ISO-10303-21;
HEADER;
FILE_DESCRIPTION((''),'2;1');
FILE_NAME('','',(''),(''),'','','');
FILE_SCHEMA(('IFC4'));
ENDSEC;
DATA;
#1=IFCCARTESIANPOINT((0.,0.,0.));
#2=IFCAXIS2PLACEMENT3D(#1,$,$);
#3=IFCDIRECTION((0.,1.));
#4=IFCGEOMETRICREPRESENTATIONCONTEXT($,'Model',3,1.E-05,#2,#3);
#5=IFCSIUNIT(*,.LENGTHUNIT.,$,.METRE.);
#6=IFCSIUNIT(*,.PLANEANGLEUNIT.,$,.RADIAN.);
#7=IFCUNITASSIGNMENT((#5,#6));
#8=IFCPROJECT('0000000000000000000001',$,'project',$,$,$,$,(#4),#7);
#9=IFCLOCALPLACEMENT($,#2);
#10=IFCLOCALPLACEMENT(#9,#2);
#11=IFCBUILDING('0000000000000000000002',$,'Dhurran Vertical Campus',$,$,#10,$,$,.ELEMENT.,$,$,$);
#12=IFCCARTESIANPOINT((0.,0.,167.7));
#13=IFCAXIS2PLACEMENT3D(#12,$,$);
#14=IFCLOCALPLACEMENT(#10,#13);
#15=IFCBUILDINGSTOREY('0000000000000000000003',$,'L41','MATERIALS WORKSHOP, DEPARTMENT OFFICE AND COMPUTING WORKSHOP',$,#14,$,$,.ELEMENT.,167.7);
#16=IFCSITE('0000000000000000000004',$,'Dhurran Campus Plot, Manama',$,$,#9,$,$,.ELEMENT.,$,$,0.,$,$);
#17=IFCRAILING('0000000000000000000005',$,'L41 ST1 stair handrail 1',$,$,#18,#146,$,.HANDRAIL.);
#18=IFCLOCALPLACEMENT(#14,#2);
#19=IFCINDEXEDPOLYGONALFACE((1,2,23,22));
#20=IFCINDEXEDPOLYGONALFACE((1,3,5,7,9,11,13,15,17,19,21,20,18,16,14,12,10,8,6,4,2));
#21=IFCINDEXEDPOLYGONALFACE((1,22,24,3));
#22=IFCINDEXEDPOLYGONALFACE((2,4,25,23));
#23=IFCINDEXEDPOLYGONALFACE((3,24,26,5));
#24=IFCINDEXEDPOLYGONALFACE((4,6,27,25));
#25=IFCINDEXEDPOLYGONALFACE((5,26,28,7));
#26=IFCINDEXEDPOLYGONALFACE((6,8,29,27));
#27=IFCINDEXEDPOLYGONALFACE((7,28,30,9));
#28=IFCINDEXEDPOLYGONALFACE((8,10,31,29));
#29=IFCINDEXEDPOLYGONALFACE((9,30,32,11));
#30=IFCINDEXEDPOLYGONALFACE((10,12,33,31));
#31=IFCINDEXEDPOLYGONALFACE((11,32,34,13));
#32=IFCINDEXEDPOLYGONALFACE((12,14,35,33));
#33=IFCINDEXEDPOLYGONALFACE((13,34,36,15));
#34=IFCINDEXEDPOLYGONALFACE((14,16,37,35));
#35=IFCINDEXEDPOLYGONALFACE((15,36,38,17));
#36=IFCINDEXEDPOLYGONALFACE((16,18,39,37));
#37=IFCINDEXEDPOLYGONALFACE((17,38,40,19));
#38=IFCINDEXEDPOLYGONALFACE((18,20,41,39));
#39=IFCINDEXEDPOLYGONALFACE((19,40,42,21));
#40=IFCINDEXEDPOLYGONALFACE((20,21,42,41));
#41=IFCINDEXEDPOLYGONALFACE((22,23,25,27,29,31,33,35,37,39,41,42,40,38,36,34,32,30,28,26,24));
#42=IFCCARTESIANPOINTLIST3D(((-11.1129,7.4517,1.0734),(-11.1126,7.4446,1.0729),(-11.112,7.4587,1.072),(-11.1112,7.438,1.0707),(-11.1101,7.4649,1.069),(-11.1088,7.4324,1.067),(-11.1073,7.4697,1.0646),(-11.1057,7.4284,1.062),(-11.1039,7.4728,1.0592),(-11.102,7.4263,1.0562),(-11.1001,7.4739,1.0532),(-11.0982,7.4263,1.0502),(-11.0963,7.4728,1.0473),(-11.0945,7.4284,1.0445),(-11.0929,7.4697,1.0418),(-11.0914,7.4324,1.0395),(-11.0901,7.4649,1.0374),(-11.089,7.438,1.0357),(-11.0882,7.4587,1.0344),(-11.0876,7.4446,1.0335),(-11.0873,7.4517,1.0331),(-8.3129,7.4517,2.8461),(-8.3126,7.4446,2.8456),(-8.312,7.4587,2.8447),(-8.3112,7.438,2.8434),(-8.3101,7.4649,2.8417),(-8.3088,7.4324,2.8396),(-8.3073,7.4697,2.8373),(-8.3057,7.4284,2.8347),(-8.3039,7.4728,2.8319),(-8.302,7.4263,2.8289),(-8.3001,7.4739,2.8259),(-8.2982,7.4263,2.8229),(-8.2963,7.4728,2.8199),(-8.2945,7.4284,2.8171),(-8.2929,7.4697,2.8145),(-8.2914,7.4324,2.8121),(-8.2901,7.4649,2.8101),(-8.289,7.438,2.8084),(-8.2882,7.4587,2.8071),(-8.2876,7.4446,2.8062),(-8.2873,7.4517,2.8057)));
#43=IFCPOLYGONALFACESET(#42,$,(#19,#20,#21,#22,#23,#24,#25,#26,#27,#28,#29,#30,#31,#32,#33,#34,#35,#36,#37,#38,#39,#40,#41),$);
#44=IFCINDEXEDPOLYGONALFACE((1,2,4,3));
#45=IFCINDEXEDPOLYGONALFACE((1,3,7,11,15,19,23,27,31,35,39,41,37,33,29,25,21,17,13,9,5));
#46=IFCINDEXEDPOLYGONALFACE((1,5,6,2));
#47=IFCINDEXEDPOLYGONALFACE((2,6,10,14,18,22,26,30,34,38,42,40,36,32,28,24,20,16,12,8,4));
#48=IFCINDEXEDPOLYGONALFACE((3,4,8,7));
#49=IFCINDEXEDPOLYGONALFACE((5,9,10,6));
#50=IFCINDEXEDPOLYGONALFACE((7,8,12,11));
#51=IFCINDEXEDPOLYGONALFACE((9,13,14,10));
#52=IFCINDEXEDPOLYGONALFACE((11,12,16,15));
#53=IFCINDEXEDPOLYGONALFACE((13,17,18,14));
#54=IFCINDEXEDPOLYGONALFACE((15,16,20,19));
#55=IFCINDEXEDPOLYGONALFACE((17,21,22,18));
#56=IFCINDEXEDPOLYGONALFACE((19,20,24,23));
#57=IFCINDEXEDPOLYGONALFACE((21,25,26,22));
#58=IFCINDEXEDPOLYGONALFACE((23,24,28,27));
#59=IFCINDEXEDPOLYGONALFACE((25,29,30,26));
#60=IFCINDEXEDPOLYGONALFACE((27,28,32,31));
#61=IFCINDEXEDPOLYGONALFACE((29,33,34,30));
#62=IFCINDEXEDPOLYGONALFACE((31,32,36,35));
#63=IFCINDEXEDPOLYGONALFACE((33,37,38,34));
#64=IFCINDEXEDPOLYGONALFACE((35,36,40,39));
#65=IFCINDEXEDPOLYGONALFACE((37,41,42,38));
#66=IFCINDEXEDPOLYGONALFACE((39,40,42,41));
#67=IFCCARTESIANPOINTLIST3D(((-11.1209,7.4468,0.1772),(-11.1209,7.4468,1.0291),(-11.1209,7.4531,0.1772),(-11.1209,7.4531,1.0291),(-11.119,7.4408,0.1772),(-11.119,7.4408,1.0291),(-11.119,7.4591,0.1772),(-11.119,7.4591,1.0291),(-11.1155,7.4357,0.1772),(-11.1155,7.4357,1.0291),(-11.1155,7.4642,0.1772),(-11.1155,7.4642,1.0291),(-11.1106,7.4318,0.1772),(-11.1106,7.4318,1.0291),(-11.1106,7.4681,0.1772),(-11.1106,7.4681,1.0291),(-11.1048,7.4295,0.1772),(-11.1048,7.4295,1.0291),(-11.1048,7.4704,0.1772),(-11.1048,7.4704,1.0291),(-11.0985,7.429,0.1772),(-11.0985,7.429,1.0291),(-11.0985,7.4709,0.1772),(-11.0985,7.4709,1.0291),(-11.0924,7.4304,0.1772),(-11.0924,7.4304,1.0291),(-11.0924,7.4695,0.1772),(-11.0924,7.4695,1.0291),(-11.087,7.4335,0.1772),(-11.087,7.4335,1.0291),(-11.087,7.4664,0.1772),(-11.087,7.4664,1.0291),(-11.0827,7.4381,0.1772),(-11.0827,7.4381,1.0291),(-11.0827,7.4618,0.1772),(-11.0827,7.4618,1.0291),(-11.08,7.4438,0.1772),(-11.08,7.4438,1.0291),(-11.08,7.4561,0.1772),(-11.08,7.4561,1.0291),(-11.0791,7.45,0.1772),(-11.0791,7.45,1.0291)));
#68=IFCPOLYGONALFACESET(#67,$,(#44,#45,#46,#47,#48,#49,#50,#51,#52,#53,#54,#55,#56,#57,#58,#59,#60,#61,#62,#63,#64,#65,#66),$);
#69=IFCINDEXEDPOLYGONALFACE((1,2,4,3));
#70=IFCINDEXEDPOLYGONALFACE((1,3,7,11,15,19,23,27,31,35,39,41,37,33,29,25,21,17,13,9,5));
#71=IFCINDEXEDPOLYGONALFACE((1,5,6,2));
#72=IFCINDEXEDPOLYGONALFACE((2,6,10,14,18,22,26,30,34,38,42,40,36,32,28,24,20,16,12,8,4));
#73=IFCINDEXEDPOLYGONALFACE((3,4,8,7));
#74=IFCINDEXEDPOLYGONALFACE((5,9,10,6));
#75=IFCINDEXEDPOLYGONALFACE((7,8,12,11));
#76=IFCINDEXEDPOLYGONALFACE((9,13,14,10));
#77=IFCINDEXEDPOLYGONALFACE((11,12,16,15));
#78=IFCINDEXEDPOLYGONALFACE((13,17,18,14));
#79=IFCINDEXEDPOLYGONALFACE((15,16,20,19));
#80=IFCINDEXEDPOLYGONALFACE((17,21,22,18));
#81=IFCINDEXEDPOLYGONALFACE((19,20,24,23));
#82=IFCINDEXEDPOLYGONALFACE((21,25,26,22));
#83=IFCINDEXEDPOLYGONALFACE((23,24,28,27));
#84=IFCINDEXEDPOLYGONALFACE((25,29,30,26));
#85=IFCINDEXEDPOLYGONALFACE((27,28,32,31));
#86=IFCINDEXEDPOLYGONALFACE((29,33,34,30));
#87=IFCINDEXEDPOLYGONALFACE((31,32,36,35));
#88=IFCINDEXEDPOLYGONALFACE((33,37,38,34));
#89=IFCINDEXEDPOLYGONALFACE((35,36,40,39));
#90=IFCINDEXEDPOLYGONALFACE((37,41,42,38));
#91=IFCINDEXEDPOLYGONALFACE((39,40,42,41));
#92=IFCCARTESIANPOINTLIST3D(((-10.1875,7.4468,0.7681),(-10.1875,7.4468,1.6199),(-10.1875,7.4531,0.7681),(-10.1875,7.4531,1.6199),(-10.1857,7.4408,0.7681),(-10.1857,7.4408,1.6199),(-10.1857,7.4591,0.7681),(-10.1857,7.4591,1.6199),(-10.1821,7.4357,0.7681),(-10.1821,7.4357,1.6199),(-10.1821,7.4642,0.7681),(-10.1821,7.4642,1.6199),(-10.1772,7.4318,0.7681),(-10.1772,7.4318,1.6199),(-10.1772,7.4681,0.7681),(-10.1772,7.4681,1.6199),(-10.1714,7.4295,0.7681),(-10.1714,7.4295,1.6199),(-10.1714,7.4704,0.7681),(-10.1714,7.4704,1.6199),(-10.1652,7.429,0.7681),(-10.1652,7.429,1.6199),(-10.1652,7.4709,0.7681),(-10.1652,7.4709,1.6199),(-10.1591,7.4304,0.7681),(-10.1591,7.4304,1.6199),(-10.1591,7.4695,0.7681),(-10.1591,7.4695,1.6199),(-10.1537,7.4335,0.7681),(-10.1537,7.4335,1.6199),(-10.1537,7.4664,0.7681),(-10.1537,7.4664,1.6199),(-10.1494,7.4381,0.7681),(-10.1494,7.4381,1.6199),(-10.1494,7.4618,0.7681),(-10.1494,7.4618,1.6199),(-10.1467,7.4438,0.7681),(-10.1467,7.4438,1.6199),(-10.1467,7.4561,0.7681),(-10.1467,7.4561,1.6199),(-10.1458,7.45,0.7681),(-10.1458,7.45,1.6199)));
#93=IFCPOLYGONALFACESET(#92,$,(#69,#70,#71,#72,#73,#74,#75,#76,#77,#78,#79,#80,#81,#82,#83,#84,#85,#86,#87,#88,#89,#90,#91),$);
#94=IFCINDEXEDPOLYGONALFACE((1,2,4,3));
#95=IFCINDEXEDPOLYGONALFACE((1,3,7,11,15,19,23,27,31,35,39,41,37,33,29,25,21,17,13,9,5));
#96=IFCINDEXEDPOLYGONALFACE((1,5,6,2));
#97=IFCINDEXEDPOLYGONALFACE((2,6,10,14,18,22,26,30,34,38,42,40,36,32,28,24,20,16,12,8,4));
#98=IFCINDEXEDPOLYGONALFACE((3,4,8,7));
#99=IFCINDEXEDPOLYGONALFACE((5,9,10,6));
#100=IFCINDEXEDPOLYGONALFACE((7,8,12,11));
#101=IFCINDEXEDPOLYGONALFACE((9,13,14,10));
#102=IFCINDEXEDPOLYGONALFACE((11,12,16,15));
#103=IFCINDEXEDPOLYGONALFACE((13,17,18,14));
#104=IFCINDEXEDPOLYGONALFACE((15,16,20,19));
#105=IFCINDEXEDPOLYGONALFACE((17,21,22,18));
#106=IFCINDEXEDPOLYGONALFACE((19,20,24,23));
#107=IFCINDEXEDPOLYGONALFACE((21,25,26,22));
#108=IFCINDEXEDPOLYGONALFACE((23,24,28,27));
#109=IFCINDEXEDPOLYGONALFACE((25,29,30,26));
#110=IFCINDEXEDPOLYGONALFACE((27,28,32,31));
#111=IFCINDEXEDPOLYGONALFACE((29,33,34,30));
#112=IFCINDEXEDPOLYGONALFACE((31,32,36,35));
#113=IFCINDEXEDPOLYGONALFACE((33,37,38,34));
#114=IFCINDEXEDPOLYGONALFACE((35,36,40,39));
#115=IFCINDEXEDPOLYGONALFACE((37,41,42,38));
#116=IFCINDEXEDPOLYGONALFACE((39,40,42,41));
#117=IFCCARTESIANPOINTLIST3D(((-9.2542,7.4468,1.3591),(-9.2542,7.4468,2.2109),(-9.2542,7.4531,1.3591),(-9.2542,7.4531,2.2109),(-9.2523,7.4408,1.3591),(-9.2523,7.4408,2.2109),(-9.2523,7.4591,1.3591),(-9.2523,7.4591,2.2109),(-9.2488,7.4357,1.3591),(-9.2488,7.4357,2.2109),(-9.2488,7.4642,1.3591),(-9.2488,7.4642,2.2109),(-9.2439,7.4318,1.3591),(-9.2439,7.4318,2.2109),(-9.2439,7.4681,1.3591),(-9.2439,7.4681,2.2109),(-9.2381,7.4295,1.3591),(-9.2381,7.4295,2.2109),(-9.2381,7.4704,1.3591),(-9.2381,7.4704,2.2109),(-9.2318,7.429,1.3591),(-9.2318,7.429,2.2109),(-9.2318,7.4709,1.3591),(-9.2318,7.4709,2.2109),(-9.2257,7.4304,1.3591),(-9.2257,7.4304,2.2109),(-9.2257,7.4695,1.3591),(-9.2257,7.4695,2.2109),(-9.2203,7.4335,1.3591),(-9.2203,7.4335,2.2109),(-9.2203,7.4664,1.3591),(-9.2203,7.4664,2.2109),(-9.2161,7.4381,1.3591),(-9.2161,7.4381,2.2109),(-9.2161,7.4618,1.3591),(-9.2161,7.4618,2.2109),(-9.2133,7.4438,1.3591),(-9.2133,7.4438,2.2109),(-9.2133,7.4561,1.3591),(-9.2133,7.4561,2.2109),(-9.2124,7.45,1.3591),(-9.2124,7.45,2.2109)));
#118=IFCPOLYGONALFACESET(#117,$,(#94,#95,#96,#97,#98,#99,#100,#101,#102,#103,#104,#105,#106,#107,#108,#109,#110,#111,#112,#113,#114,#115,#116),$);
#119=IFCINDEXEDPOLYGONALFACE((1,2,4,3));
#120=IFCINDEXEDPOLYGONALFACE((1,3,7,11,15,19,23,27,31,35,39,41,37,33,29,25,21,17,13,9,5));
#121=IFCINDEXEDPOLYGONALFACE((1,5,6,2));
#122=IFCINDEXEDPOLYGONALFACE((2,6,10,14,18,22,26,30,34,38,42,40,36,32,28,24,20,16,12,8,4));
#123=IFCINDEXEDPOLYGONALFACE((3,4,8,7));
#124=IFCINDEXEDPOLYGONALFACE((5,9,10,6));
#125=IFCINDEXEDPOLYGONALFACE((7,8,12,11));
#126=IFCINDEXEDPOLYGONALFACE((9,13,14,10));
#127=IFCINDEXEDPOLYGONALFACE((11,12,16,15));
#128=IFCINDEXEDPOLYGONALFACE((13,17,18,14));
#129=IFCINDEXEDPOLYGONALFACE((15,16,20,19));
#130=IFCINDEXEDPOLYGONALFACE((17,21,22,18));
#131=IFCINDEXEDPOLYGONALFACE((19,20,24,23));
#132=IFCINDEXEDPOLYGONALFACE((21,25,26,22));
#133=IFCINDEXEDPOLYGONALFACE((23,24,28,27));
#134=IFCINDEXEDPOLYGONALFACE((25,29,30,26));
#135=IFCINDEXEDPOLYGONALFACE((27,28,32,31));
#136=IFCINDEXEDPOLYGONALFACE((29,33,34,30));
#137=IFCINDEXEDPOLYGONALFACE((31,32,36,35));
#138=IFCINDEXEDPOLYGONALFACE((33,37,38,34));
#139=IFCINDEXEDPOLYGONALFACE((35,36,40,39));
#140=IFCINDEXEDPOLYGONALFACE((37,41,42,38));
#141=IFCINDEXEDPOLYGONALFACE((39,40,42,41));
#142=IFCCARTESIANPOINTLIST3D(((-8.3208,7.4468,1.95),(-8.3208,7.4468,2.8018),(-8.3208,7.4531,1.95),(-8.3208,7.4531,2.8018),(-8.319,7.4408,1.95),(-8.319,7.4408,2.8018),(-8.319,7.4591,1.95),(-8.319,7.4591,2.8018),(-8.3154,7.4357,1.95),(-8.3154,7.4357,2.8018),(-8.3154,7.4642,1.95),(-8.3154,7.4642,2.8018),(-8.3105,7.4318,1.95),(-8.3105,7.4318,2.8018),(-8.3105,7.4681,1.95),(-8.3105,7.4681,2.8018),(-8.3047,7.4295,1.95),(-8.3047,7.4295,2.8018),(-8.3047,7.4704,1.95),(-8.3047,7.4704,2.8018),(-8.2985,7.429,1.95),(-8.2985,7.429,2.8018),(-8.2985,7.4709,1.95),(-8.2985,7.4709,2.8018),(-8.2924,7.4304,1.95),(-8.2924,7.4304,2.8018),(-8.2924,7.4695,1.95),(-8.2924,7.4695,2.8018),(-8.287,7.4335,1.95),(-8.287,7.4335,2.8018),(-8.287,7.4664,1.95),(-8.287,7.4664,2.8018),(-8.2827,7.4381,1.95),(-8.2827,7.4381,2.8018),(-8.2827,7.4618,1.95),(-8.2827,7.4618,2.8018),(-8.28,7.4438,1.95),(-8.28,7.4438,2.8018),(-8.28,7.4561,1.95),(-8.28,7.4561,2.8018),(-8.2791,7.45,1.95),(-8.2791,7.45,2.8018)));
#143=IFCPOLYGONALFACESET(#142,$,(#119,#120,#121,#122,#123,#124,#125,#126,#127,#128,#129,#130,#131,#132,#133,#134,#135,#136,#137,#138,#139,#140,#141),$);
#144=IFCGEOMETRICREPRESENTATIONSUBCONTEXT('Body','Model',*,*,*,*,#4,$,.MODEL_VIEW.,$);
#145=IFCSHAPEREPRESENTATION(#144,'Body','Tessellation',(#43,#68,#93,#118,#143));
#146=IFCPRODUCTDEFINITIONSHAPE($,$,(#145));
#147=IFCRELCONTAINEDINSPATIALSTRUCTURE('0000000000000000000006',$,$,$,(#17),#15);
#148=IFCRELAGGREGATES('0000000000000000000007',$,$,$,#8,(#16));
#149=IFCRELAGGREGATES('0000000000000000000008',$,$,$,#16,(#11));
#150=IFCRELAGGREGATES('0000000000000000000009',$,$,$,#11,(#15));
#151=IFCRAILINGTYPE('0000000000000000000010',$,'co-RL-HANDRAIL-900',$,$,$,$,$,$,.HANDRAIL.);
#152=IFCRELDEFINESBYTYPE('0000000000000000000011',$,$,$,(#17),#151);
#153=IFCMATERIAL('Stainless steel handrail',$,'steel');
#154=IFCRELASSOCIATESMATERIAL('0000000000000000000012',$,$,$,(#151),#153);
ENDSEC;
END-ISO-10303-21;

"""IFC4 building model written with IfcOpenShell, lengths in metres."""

from ifc_helpers import new_model, si_unit, direction, frame, origin, origin_2d, place, context, subcontext, project, spatial, circle, extrude, material, type_object, element, save


model = new_model("IFC4")

# Units and contexts
model_context = context("Model", 3, precision=1e-05, world=origin(), true_north=direction((0.0, 1.0)))
body_context = subcontext(model_context, "Body", "Model", "MODEL_VIEW")
ifc_project = project(units=[si_unit("LENGTHUNIT", "METRE"), si_unit("PLANEANGLEUNIT", "RADIAN")], contexts=[model_context])

# Site, building, storey
site_placement = place(None, origin())
site = spatial("IfcSite", under=ifc_project, at=site_placement, Name="Dhurran Campus Plot, Manama", CompositionType="ELEMENT", RefElevation=0.0)
building_placement = place(site_placement, origin())
building = spatial("IfcBuilding", under=site, at=building_placement, Name="Dhurran Vertical Campus", CompositionType="ELEMENT")
storey_placement = place(building_placement, frame((0.0, 0.0, 167.7)))
storey = spatial("IfcBuildingStorey", under=building, at=storey_placement, Name="L41", Description="MATERIALS WORKSHOP, DEPARTMENT OFFICE AND COMPUTING WORKSHOP", CompositionType="ELEMENT", Elevation=167.7)

# Railing
ifc_material_1 = material(Name="Stainless steel handrail", Category="steel")
railing_type_1 = type_object("IfcRailingType", Name="co-RL-HANDRAIL-900", PredefinedType="HANDRAIL", material=ifc_material_1)
railing_1_placement = place(storey_placement, frame((-11.1001, 7.45, 0.1772)))
element("IfcRailing", 1, at=railing_1_placement, inside=storey, type_object=railing_type_1, Name="L41 ST1 stair handrail 1", PredefinedType="HANDRAIL", context=body_context, shape_type="SweptSolid", body=[
    extrude(circle(Radius=0.0239, at=origin_2d()), frame((0.0, 0.0, 0.876), z_axis=(0.844909, 0.0, 0.53491), x_axis=(0.0, 1.0, 0.0)), (0.0, 0.0, 1.0), 3.314),
    extrude(circle(Radius=0.021, at=origin_2d()), origin(), (0.0, 0.0, 1.0), 0.8518),
    extrude(circle(Radius=0.021, at=origin_2d()), frame((0.9333, 0.0, 0.5908)), (0.0, 0.0, 1.0), 0.8518),
    extrude(circle(Radius=0.021, at=origin_2d()), frame((1.8667, 0.0, 1.1819)), (0.0, 0.0, 1.0), 0.8518),
    extrude(circle(Radius=0.021, at=origin_2d()), frame((2.8, 0.0, 1.7727)), (0.0, 0.0, 1.0), 0.8518),
])

save(model, "model.ifc")
